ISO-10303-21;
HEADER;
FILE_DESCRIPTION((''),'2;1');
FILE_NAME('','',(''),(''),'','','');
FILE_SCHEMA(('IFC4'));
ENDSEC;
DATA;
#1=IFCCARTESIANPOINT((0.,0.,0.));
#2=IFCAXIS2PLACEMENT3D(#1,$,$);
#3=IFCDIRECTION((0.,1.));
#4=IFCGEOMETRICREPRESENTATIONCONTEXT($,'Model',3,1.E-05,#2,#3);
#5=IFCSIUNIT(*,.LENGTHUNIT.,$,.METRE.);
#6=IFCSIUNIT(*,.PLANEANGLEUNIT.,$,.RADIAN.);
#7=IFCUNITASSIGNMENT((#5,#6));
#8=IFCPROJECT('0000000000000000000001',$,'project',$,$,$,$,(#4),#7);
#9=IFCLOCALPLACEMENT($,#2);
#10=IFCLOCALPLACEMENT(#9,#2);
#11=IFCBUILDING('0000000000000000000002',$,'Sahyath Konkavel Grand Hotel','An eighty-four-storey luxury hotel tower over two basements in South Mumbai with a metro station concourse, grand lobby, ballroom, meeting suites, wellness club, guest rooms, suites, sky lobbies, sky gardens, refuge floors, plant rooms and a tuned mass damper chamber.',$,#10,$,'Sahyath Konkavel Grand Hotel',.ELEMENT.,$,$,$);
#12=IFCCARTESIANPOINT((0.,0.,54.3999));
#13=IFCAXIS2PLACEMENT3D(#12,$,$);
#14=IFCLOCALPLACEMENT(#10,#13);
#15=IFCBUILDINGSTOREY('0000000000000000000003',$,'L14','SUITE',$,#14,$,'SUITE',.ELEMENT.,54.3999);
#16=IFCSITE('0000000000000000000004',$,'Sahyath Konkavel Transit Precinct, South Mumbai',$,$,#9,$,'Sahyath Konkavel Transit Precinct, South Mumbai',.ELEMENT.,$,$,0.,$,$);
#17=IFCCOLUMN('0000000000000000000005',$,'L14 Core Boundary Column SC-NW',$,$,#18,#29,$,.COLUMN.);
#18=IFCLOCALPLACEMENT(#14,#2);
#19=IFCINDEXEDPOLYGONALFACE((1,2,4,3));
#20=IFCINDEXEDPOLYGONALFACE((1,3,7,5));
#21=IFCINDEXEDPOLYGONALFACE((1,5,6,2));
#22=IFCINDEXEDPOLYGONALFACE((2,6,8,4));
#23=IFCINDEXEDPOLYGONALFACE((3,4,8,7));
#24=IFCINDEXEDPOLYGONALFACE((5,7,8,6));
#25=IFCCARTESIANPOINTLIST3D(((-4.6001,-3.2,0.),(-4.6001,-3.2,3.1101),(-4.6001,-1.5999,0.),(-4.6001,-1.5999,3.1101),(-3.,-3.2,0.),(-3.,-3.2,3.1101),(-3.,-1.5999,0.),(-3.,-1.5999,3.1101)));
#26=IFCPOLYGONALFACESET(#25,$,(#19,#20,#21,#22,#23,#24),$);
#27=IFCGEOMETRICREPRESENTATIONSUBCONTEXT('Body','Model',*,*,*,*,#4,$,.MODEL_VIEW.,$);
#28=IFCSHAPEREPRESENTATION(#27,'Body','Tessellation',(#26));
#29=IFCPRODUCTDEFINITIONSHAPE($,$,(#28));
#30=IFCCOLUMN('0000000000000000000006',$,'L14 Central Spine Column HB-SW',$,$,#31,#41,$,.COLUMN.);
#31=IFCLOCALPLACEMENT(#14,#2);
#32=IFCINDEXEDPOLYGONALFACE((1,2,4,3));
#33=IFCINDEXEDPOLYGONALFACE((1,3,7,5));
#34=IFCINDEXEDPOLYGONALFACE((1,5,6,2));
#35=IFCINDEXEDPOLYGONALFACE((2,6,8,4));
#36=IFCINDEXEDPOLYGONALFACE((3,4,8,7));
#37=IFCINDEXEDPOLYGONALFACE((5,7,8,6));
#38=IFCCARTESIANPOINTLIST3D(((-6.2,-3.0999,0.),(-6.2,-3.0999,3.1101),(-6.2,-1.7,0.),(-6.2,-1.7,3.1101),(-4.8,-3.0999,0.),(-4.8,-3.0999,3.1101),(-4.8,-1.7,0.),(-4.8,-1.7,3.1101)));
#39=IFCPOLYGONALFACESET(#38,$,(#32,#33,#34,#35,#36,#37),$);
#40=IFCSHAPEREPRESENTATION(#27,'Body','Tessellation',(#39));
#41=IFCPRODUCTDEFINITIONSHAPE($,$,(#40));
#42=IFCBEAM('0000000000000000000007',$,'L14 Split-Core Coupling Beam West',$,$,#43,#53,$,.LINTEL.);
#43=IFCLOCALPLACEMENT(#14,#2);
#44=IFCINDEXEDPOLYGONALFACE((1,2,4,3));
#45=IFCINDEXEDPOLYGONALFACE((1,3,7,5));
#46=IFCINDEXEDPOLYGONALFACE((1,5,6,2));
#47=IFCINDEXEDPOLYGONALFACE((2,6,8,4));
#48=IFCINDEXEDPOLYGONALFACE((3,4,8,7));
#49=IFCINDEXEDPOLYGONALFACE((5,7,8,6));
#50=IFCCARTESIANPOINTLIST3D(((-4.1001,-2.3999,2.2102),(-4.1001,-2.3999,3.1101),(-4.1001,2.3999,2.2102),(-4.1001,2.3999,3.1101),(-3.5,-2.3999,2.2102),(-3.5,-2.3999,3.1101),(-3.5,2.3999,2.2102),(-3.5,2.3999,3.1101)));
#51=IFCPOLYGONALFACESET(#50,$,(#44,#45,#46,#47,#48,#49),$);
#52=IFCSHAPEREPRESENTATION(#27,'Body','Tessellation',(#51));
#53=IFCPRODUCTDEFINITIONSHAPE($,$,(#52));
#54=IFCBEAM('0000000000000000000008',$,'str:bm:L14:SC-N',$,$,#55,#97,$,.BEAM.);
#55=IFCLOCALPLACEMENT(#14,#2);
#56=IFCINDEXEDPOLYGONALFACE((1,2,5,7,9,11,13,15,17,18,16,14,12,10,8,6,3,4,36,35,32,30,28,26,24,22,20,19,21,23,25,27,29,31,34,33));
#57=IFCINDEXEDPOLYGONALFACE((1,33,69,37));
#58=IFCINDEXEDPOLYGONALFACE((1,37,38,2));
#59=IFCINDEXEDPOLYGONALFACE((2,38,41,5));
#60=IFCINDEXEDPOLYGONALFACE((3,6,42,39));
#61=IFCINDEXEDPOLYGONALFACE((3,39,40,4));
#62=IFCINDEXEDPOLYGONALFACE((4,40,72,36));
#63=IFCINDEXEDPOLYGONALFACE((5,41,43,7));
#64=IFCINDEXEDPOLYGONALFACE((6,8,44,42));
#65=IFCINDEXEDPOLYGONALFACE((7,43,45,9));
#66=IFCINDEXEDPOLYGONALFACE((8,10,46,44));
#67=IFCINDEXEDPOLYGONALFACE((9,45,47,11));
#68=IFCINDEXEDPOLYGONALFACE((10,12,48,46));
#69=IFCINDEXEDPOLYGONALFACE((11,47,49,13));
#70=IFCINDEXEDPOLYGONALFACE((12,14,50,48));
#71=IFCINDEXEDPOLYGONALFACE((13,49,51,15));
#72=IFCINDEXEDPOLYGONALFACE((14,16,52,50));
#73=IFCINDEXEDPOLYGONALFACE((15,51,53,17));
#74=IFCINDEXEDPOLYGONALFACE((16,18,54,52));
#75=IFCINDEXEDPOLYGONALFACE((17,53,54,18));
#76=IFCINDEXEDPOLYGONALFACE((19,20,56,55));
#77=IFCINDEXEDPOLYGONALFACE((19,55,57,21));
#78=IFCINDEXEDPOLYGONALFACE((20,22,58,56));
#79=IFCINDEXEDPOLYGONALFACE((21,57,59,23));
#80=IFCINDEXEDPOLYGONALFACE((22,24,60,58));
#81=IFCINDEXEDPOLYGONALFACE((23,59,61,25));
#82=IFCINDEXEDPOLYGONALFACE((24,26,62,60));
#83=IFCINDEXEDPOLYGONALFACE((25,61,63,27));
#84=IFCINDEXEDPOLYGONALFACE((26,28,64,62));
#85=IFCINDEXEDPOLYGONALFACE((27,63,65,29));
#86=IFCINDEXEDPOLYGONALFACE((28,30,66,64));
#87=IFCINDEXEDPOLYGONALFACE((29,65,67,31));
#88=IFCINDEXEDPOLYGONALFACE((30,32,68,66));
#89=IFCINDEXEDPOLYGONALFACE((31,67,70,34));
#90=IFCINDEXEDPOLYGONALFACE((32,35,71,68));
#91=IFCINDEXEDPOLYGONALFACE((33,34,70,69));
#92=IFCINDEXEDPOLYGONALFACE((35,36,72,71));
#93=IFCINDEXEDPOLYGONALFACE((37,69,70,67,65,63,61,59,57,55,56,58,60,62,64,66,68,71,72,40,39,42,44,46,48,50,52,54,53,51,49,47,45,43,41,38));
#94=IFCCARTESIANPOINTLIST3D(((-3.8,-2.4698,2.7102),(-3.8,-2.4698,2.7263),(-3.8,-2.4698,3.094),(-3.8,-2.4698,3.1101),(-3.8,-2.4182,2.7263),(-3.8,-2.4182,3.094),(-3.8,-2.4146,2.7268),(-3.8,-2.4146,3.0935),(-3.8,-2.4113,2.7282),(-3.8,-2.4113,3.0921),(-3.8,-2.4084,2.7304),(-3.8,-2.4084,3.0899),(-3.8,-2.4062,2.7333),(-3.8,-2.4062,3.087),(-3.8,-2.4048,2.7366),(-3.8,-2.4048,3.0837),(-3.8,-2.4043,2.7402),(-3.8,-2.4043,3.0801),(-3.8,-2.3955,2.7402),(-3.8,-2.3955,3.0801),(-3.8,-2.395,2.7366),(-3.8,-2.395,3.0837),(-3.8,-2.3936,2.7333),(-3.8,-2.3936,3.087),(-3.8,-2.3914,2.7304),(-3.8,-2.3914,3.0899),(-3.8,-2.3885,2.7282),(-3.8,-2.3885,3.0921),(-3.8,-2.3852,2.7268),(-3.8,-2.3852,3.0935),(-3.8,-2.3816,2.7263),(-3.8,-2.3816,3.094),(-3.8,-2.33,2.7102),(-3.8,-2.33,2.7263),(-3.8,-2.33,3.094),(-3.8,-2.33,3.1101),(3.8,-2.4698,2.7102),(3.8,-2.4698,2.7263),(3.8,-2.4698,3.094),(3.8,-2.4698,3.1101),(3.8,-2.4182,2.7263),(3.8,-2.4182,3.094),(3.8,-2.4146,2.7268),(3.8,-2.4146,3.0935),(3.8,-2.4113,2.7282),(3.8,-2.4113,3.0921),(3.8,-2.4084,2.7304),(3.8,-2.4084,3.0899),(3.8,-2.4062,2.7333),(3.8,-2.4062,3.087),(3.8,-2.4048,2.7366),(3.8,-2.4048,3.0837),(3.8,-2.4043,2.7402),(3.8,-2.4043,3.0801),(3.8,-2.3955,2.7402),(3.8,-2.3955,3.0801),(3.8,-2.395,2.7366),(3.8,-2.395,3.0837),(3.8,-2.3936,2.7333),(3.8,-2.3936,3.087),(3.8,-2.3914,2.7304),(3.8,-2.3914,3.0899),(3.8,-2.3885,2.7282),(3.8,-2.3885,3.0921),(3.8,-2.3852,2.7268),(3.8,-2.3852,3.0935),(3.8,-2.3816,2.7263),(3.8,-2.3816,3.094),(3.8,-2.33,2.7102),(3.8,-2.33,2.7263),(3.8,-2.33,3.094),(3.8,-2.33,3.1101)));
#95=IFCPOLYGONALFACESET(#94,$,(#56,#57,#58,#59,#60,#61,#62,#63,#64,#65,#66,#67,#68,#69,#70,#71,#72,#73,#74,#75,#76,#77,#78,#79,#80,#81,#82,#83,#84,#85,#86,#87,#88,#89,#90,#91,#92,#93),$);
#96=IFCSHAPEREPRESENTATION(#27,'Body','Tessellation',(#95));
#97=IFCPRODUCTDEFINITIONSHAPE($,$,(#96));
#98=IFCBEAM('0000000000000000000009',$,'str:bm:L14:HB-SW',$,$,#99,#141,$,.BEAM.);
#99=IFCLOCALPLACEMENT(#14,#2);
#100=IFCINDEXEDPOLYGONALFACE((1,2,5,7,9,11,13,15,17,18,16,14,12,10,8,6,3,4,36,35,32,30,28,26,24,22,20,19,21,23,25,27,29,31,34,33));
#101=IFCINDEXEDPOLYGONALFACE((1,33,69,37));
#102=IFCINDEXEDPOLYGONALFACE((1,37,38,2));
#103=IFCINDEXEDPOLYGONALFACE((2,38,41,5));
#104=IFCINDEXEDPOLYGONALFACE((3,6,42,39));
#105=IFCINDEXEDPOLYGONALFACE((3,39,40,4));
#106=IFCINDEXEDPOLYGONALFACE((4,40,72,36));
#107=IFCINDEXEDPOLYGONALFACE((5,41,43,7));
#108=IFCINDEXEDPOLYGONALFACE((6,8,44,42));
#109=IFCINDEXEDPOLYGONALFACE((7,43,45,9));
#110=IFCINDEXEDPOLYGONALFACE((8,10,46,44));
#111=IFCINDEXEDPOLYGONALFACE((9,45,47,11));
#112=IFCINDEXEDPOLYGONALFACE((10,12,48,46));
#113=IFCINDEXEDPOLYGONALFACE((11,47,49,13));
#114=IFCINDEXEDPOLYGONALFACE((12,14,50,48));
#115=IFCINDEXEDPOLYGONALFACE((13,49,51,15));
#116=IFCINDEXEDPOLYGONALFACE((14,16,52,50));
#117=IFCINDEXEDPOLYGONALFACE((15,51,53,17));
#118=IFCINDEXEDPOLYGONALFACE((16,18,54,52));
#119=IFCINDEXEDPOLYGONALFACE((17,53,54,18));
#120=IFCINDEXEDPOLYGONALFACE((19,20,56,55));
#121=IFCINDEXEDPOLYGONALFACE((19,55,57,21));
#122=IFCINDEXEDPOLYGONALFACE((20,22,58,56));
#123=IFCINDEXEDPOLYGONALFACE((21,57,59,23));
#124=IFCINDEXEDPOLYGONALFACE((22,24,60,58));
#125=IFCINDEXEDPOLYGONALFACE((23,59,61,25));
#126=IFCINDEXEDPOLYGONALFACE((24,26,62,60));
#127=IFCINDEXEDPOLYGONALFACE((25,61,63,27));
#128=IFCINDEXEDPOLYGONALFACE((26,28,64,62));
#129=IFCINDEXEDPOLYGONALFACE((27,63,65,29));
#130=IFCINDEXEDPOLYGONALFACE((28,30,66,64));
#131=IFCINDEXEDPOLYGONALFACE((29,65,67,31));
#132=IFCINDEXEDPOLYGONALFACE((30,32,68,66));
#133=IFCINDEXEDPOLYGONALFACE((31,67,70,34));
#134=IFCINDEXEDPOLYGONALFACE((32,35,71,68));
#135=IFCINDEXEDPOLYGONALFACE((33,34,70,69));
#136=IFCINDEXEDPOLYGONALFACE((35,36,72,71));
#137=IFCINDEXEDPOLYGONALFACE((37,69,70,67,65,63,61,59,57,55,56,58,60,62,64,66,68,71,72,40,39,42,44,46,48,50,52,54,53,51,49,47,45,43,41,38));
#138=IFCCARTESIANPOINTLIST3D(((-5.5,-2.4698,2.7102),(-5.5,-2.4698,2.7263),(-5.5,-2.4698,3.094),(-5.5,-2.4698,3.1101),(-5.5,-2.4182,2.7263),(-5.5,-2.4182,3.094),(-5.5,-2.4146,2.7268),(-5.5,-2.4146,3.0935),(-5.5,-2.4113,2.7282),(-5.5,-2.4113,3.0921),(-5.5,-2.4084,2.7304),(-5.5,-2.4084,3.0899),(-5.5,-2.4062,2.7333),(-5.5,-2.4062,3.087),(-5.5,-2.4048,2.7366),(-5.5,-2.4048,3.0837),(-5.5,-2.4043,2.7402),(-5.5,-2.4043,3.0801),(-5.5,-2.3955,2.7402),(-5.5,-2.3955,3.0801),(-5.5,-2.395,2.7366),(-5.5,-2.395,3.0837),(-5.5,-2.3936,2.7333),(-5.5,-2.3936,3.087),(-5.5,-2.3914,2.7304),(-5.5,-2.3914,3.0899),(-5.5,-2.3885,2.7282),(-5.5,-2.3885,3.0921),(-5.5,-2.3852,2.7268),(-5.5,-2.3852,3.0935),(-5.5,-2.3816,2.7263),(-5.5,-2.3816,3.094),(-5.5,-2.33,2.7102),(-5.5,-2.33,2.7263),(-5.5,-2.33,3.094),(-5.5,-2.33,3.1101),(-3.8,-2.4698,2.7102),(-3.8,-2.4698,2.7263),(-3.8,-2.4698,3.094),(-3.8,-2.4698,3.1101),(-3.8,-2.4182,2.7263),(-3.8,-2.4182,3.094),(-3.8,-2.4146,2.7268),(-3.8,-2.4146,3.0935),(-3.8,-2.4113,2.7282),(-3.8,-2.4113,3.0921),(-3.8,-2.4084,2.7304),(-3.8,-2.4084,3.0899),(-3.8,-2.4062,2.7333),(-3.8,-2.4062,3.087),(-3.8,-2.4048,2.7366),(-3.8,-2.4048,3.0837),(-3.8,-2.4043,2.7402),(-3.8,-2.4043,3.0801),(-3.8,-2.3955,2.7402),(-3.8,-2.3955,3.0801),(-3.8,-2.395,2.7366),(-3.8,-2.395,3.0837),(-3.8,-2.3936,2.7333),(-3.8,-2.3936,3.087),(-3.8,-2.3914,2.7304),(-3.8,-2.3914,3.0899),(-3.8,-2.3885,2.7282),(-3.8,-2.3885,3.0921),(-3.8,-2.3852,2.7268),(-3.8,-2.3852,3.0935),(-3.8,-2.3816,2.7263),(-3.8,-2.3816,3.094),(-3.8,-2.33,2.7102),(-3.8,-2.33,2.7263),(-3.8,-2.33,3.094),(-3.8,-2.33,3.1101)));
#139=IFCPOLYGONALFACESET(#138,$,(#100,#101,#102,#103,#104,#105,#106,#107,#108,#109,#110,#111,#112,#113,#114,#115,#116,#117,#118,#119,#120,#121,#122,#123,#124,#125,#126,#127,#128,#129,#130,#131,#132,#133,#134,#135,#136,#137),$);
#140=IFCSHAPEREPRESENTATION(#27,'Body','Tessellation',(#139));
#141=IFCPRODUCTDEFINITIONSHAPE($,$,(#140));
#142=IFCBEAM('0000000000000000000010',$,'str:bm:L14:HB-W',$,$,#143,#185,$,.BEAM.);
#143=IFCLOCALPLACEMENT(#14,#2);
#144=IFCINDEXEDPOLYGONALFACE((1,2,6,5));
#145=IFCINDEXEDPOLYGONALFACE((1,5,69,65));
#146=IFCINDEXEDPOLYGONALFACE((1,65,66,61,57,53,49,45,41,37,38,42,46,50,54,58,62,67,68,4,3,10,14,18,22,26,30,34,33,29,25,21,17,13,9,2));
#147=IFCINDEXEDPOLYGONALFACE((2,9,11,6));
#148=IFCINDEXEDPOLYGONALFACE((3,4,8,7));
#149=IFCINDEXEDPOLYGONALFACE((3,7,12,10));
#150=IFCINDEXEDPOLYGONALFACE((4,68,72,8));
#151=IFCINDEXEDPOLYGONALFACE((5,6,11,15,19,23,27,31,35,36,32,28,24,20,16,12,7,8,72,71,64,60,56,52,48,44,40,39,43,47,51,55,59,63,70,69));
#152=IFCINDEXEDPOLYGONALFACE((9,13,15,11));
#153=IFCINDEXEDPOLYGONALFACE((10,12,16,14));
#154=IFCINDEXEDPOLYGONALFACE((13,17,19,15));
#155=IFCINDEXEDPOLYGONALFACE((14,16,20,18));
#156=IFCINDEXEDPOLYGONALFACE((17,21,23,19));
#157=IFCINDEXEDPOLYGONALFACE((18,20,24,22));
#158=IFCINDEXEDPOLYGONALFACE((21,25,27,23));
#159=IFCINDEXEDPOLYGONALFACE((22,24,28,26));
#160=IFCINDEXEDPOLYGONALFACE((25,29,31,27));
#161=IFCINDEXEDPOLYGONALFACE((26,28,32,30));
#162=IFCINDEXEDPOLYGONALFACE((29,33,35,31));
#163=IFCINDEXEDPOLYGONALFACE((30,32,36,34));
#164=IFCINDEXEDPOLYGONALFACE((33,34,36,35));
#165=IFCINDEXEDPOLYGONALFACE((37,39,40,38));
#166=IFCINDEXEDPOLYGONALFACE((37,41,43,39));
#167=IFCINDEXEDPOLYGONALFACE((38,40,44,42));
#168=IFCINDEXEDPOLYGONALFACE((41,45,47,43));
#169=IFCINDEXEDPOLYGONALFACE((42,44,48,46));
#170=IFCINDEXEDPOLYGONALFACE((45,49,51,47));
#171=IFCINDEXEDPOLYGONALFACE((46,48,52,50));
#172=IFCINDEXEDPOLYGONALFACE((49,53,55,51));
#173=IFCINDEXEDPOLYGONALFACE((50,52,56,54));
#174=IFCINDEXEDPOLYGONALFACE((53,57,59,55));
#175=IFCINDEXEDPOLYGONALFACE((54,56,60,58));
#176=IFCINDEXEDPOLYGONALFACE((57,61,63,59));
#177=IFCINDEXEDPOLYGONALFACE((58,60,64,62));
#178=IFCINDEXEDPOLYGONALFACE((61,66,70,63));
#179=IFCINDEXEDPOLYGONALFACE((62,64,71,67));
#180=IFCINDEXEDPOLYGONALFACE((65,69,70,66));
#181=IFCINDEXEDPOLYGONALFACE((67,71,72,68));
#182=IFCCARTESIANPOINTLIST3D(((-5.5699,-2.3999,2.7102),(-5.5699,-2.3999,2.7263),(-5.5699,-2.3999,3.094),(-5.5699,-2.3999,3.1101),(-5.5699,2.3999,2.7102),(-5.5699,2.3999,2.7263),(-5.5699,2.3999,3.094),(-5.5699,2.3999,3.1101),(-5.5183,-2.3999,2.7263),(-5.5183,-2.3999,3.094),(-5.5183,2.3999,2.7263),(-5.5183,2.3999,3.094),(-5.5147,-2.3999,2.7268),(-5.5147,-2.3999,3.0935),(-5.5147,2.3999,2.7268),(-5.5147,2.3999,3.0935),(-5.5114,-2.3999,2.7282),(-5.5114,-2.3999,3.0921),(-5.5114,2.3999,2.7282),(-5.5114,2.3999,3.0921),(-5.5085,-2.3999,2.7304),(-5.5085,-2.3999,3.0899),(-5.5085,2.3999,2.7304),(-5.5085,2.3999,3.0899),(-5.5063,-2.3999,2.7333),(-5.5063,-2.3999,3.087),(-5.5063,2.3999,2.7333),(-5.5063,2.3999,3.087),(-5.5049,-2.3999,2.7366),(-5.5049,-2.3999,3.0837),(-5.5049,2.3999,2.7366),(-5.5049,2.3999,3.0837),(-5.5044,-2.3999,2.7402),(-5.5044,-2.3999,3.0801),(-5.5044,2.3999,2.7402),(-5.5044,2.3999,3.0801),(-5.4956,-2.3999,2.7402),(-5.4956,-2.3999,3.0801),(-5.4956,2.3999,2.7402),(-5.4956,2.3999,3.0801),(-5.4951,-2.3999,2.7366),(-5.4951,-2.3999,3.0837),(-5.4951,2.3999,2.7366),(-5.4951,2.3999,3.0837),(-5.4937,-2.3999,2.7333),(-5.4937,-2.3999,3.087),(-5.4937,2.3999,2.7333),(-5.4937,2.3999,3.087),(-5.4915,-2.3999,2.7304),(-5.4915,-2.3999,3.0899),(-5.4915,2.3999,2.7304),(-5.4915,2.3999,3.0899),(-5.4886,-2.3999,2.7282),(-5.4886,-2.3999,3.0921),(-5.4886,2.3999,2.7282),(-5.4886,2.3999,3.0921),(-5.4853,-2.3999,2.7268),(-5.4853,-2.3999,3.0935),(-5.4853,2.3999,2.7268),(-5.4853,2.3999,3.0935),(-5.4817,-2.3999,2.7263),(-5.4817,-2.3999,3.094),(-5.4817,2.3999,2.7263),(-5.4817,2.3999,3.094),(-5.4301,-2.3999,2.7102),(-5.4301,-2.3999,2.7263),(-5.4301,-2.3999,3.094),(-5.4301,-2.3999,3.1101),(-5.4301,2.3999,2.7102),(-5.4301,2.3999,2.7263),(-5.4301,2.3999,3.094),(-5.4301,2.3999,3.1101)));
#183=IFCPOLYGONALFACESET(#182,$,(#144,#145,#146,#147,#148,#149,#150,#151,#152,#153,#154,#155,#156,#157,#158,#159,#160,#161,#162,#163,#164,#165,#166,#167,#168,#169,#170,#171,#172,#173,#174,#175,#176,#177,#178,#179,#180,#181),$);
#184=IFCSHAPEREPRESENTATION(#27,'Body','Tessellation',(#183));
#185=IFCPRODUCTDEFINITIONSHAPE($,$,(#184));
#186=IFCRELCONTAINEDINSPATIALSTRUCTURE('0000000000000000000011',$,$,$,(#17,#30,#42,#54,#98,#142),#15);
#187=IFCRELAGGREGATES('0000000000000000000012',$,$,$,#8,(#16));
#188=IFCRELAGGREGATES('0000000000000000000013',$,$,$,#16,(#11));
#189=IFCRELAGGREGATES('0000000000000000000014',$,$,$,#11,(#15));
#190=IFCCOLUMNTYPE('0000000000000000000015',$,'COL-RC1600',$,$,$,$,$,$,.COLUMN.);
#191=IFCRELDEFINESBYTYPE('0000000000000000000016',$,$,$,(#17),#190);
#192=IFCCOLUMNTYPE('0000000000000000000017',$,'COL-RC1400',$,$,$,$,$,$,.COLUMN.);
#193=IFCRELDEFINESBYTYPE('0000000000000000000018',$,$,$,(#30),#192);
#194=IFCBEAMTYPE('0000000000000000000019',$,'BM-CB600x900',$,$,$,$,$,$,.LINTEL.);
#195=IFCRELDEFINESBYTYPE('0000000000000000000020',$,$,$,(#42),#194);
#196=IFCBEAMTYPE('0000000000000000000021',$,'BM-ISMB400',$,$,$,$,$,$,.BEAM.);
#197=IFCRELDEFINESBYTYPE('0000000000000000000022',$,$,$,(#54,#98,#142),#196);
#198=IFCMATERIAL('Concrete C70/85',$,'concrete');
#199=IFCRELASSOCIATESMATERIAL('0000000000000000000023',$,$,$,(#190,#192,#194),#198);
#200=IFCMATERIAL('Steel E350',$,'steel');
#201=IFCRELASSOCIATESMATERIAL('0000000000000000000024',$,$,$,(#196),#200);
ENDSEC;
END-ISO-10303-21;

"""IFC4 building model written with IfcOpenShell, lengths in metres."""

from ifc_helpers import new_model, si_unit, direction, frame, origin, origin_2d, place, context, subcontext, project, spatial, rectangle, i_section, extrude, source, transform, mapped, material, material_profile, profile_set, type_object, element, save


model = new_model("IFC4")

# Units and contexts
model_context = context("Model", 3, precision=1e-05, world=origin(), true_north=direction((0.0, 1.0)))
body_context = subcontext(model_context, "Body", "Model", "MODEL_VIEW")
ifc_project = project(units=[si_unit("LENGTHUNIT", "METRE"), si_unit("PLANEANGLEUNIT", "RADIAN")], contexts=[model_context])

# Site, building, storey
site_placement = place(None, origin())
site = spatial("IfcSite", under=ifc_project, at=site_placement, Name="Sahyath Konkavel Transit Precinct, South Mumbai", LongName="Sahyath Konkavel Transit Precinct, South Mumbai", CompositionType="ELEMENT", RefElevation=0.0)
building_placement = place(site_placement, origin())
building = spatial("IfcBuilding", under=site, at=building_placement, Name="Sahyath Konkavel Grand Hotel", Description="An eighty-four-storey luxury hotel tower over two basements in South Mumbai with a metro station concourse, grand lobby, ballroom, meeting suites, wellness club, guest rooms, suites, sky lobbies, sky gardens, refuge floors, plant rooms and a tuned mass damper chamber.", LongName="Sahyath Konkavel Grand Hotel", CompositionType="ELEMENT")
storey_placement = place(building_placement, frame((0.0, 0.0, 54.3999)))
storey = spatial("IfcBuildingStorey", under=building, at=storey_placement, Name="L14", Description="SUITE", LongName="SUITE", CompositionType="ELEMENT", Elevation=54.3999)

# Columns
ifc_material_1 = material(Name="Concrete C70/85", Category="concrete")
ifc_material_profile_1 = material_profile(ifc_material_1, rectangle(XDim=1.6001, YDim=1.6001, at=origin_2d()), Name="RC 1600x1600")
ifc_profile_set_1 = profile_set([ifc_material_profile_1], Name="Concrete C70/85")
column_type_1 = type_object("IfcColumnType", Name="COL-RC1600", PredefinedType="COLUMN", material=ifc_profile_set_1)
shared_shape_1 = source(origin(), body_context, "Body", "SweptSolid", [
    extrude(rectangle(XDim=1.6001, YDim=1.6001, at=origin_2d()), origin(), (0.0, 0.0, 1.0), 3.1101),
])
column_1_placement = place(storey_placement, frame((-3.8, -2.3999, 0.0), z_axis=(0.0, 0.0, 1.0), x_axis=(1.0, 0.0, 0.0)))
element("IfcColumn", 1, at=column_1_placement, inside=storey, type_object=column_type_1, Name="L14 Core Boundary Column SC-NW", PredefinedType="COLUMN", context=body_context, shape_type="MappedRepresentation", body=[
    mapped(shared_shape_1, transform((0.0, 0.0, 0.0), scale=1.0)),
])
ifc_material_profile_2 = material_profile(ifc_material_1, rectangle(XDim=1.3999, YDim=1.3999, at=origin_2d()), Name="RC 1400x1400")
ifc_profile_set_2 = profile_set([ifc_material_profile_2], Name="Concrete C70/85")
column_type_2 = type_object("IfcColumnType", Name="COL-RC1400", PredefinedType="COLUMN", material=ifc_profile_set_2)
shared_shape_2 = source(origin(), body_context, "Body", "SweptSolid", [
    extrude(rectangle(XDim=1.3999, YDim=1.3999, at=origin_2d()), origin(), (0.0, 0.0, 1.0), 3.1101),
])
column_2_placement = place(storey_placement, frame((-5.5, -2.3999, 0.0), z_axis=(0.0, 0.0, 1.0), x_axis=(1.0, 0.0, 0.0)))
element("IfcColumn", 2, at=column_2_placement, inside=storey, type_object=column_type_2, Name="L14 Central Spine Column HB-SW", PredefinedType="COLUMN", context=body_context, shape_type="MappedRepresentation", body=[
    mapped(shared_shape_2, transform((0.0, 0.0, 0.0), scale=1.0)),
])

# Beams
ifc_material_profile_3 = material_profile(ifc_material_1, rectangle(XDim=0.6001, YDim=0.8999, at=origin_2d()), Name="RC 600x900")
ifc_profile_set_3 = profile_set([ifc_material_profile_3], Name="Concrete C70/85")
beam_type_1 = type_object("IfcBeamType", Name="BM-CB600x900", PredefinedType="LINTEL", material=ifc_profile_set_3)
shared_shape_3 = source(origin(), body_context, "Body", "SweptSolid", [
    extrude(rectangle(XDim=0.6001, YDim=0.8999, at=origin_2d()), origin(), (0.0, 0.0, 1.0), 4.7998),
])
beam_1_placement = place(storey_placement, frame((-3.8, -2.3999, 2.6602), z_axis=(0.0, 1.0, 0.0), x_axis=(-1.0, 0.0, 0.0)))
element("IfcBeam", 3, at=beam_1_placement, inside=storey, type_object=beam_type_1, Name="L14 Split-Core Coupling Beam West", PredefinedType="LINTEL", context=body_context, shape_type="MappedRepresentation", body=[
    mapped(shared_shape_3, transform((0.0, 0.0, 0.0), scale=1.0)),
])
ifc_material_2 = material(Name="Steel E350", Category="steel")
ifc_material_profile_4 = material_profile(ifc_material_2, i_section(OverallWidth=0.1399, OverallDepth=0.3999, WebThickness=0.0088, FlangeThickness=0.0161, FilletRadius=0.0139, at=origin_2d()), Name="ISMB 400")
ifc_profile_set_4 = profile_set([ifc_material_profile_4], Name="Steel E350")
beam_type_2 = type_object("IfcBeamType", Name="BM-ISMB400", PredefinedType="BEAM", material=ifc_profile_set_4)
shared_shape_4 = source(origin(), body_context, "Body", "SweptSolid", [
    extrude(i_section(OverallWidth=0.1399, OverallDepth=0.3999, WebThickness=0.0088, FlangeThickness=0.0161, FilletRadius=0.0139, at=origin_2d()), origin(), (0.0, 0.0, 1.0), 7.6001),
])
beam_2_placement = place(storey_placement, frame((-3.8, -2.3999, 2.9102), z_axis=(1.0, 0.0, 0.0), x_axis=(0.0, 1.0, 0.0)))
element("IfcBeam", 4, at=beam_2_placement, inside=storey, type_object=beam_type_2, Name="str:bm:L14:SC-N", PredefinedType="BEAM", context=body_context, shape_type="MappedRepresentation", body=[
    mapped(shared_shape_4, transform((0.0, 0.0, 0.0), scale=1.0)),
])
shared_shape_5 = source(origin(), body_context, "Body", "SweptSolid", [
    extrude(i_section(OverallWidth=0.1399, OverallDepth=0.3999, WebThickness=0.0088, FlangeThickness=0.0161, FilletRadius=0.0139, at=origin_2d()), origin(), (0.0, 0.0, 1.0), 1.7),
])
beam_3_placement = place(storey_placement, frame((-5.5, -2.3999, 2.9102), z_axis=(1.0, 0.0, 0.0), x_axis=(0.0, 1.0, 0.0)))
element("IfcBeam", 5, at=beam_3_placement, inside=storey, type_object=beam_type_2, Name="str:bm:L14:HB-SW", PredefinedType="BEAM", context=body_context, shape_type="MappedRepresentation", body=[
    mapped(shared_shape_5, transform((0.0, 0.0, 0.0), scale=1.0)),
])
shared_shape_6 = source(origin(), body_context, "Body", "SweptSolid", [
    extrude(i_section(OverallWidth=0.1399, OverallDepth=0.3999, WebThickness=0.0088, FlangeThickness=0.0161, FilletRadius=0.0139, at=origin_2d()), origin(), (0.0, 0.0, 1.0), 4.7998),
])
beam_4_placement = place(storey_placement, frame((-5.5, -2.3999, 2.9102), z_axis=(0.0, 1.0, 0.0), x_axis=(-1.0, 0.0, 0.0)))
element("IfcBeam", 6, at=beam_4_placement, inside=storey, type_object=beam_type_2, Name="str:bm:L14:HB-W", PredefinedType="BEAM", context=body_context, shape_type="MappedRepresentation", body=[
    mapped(shared_shape_6, transform((0.0, 0.0, 0.0), scale=1.0)),
])

save(model, "model.ifc")
